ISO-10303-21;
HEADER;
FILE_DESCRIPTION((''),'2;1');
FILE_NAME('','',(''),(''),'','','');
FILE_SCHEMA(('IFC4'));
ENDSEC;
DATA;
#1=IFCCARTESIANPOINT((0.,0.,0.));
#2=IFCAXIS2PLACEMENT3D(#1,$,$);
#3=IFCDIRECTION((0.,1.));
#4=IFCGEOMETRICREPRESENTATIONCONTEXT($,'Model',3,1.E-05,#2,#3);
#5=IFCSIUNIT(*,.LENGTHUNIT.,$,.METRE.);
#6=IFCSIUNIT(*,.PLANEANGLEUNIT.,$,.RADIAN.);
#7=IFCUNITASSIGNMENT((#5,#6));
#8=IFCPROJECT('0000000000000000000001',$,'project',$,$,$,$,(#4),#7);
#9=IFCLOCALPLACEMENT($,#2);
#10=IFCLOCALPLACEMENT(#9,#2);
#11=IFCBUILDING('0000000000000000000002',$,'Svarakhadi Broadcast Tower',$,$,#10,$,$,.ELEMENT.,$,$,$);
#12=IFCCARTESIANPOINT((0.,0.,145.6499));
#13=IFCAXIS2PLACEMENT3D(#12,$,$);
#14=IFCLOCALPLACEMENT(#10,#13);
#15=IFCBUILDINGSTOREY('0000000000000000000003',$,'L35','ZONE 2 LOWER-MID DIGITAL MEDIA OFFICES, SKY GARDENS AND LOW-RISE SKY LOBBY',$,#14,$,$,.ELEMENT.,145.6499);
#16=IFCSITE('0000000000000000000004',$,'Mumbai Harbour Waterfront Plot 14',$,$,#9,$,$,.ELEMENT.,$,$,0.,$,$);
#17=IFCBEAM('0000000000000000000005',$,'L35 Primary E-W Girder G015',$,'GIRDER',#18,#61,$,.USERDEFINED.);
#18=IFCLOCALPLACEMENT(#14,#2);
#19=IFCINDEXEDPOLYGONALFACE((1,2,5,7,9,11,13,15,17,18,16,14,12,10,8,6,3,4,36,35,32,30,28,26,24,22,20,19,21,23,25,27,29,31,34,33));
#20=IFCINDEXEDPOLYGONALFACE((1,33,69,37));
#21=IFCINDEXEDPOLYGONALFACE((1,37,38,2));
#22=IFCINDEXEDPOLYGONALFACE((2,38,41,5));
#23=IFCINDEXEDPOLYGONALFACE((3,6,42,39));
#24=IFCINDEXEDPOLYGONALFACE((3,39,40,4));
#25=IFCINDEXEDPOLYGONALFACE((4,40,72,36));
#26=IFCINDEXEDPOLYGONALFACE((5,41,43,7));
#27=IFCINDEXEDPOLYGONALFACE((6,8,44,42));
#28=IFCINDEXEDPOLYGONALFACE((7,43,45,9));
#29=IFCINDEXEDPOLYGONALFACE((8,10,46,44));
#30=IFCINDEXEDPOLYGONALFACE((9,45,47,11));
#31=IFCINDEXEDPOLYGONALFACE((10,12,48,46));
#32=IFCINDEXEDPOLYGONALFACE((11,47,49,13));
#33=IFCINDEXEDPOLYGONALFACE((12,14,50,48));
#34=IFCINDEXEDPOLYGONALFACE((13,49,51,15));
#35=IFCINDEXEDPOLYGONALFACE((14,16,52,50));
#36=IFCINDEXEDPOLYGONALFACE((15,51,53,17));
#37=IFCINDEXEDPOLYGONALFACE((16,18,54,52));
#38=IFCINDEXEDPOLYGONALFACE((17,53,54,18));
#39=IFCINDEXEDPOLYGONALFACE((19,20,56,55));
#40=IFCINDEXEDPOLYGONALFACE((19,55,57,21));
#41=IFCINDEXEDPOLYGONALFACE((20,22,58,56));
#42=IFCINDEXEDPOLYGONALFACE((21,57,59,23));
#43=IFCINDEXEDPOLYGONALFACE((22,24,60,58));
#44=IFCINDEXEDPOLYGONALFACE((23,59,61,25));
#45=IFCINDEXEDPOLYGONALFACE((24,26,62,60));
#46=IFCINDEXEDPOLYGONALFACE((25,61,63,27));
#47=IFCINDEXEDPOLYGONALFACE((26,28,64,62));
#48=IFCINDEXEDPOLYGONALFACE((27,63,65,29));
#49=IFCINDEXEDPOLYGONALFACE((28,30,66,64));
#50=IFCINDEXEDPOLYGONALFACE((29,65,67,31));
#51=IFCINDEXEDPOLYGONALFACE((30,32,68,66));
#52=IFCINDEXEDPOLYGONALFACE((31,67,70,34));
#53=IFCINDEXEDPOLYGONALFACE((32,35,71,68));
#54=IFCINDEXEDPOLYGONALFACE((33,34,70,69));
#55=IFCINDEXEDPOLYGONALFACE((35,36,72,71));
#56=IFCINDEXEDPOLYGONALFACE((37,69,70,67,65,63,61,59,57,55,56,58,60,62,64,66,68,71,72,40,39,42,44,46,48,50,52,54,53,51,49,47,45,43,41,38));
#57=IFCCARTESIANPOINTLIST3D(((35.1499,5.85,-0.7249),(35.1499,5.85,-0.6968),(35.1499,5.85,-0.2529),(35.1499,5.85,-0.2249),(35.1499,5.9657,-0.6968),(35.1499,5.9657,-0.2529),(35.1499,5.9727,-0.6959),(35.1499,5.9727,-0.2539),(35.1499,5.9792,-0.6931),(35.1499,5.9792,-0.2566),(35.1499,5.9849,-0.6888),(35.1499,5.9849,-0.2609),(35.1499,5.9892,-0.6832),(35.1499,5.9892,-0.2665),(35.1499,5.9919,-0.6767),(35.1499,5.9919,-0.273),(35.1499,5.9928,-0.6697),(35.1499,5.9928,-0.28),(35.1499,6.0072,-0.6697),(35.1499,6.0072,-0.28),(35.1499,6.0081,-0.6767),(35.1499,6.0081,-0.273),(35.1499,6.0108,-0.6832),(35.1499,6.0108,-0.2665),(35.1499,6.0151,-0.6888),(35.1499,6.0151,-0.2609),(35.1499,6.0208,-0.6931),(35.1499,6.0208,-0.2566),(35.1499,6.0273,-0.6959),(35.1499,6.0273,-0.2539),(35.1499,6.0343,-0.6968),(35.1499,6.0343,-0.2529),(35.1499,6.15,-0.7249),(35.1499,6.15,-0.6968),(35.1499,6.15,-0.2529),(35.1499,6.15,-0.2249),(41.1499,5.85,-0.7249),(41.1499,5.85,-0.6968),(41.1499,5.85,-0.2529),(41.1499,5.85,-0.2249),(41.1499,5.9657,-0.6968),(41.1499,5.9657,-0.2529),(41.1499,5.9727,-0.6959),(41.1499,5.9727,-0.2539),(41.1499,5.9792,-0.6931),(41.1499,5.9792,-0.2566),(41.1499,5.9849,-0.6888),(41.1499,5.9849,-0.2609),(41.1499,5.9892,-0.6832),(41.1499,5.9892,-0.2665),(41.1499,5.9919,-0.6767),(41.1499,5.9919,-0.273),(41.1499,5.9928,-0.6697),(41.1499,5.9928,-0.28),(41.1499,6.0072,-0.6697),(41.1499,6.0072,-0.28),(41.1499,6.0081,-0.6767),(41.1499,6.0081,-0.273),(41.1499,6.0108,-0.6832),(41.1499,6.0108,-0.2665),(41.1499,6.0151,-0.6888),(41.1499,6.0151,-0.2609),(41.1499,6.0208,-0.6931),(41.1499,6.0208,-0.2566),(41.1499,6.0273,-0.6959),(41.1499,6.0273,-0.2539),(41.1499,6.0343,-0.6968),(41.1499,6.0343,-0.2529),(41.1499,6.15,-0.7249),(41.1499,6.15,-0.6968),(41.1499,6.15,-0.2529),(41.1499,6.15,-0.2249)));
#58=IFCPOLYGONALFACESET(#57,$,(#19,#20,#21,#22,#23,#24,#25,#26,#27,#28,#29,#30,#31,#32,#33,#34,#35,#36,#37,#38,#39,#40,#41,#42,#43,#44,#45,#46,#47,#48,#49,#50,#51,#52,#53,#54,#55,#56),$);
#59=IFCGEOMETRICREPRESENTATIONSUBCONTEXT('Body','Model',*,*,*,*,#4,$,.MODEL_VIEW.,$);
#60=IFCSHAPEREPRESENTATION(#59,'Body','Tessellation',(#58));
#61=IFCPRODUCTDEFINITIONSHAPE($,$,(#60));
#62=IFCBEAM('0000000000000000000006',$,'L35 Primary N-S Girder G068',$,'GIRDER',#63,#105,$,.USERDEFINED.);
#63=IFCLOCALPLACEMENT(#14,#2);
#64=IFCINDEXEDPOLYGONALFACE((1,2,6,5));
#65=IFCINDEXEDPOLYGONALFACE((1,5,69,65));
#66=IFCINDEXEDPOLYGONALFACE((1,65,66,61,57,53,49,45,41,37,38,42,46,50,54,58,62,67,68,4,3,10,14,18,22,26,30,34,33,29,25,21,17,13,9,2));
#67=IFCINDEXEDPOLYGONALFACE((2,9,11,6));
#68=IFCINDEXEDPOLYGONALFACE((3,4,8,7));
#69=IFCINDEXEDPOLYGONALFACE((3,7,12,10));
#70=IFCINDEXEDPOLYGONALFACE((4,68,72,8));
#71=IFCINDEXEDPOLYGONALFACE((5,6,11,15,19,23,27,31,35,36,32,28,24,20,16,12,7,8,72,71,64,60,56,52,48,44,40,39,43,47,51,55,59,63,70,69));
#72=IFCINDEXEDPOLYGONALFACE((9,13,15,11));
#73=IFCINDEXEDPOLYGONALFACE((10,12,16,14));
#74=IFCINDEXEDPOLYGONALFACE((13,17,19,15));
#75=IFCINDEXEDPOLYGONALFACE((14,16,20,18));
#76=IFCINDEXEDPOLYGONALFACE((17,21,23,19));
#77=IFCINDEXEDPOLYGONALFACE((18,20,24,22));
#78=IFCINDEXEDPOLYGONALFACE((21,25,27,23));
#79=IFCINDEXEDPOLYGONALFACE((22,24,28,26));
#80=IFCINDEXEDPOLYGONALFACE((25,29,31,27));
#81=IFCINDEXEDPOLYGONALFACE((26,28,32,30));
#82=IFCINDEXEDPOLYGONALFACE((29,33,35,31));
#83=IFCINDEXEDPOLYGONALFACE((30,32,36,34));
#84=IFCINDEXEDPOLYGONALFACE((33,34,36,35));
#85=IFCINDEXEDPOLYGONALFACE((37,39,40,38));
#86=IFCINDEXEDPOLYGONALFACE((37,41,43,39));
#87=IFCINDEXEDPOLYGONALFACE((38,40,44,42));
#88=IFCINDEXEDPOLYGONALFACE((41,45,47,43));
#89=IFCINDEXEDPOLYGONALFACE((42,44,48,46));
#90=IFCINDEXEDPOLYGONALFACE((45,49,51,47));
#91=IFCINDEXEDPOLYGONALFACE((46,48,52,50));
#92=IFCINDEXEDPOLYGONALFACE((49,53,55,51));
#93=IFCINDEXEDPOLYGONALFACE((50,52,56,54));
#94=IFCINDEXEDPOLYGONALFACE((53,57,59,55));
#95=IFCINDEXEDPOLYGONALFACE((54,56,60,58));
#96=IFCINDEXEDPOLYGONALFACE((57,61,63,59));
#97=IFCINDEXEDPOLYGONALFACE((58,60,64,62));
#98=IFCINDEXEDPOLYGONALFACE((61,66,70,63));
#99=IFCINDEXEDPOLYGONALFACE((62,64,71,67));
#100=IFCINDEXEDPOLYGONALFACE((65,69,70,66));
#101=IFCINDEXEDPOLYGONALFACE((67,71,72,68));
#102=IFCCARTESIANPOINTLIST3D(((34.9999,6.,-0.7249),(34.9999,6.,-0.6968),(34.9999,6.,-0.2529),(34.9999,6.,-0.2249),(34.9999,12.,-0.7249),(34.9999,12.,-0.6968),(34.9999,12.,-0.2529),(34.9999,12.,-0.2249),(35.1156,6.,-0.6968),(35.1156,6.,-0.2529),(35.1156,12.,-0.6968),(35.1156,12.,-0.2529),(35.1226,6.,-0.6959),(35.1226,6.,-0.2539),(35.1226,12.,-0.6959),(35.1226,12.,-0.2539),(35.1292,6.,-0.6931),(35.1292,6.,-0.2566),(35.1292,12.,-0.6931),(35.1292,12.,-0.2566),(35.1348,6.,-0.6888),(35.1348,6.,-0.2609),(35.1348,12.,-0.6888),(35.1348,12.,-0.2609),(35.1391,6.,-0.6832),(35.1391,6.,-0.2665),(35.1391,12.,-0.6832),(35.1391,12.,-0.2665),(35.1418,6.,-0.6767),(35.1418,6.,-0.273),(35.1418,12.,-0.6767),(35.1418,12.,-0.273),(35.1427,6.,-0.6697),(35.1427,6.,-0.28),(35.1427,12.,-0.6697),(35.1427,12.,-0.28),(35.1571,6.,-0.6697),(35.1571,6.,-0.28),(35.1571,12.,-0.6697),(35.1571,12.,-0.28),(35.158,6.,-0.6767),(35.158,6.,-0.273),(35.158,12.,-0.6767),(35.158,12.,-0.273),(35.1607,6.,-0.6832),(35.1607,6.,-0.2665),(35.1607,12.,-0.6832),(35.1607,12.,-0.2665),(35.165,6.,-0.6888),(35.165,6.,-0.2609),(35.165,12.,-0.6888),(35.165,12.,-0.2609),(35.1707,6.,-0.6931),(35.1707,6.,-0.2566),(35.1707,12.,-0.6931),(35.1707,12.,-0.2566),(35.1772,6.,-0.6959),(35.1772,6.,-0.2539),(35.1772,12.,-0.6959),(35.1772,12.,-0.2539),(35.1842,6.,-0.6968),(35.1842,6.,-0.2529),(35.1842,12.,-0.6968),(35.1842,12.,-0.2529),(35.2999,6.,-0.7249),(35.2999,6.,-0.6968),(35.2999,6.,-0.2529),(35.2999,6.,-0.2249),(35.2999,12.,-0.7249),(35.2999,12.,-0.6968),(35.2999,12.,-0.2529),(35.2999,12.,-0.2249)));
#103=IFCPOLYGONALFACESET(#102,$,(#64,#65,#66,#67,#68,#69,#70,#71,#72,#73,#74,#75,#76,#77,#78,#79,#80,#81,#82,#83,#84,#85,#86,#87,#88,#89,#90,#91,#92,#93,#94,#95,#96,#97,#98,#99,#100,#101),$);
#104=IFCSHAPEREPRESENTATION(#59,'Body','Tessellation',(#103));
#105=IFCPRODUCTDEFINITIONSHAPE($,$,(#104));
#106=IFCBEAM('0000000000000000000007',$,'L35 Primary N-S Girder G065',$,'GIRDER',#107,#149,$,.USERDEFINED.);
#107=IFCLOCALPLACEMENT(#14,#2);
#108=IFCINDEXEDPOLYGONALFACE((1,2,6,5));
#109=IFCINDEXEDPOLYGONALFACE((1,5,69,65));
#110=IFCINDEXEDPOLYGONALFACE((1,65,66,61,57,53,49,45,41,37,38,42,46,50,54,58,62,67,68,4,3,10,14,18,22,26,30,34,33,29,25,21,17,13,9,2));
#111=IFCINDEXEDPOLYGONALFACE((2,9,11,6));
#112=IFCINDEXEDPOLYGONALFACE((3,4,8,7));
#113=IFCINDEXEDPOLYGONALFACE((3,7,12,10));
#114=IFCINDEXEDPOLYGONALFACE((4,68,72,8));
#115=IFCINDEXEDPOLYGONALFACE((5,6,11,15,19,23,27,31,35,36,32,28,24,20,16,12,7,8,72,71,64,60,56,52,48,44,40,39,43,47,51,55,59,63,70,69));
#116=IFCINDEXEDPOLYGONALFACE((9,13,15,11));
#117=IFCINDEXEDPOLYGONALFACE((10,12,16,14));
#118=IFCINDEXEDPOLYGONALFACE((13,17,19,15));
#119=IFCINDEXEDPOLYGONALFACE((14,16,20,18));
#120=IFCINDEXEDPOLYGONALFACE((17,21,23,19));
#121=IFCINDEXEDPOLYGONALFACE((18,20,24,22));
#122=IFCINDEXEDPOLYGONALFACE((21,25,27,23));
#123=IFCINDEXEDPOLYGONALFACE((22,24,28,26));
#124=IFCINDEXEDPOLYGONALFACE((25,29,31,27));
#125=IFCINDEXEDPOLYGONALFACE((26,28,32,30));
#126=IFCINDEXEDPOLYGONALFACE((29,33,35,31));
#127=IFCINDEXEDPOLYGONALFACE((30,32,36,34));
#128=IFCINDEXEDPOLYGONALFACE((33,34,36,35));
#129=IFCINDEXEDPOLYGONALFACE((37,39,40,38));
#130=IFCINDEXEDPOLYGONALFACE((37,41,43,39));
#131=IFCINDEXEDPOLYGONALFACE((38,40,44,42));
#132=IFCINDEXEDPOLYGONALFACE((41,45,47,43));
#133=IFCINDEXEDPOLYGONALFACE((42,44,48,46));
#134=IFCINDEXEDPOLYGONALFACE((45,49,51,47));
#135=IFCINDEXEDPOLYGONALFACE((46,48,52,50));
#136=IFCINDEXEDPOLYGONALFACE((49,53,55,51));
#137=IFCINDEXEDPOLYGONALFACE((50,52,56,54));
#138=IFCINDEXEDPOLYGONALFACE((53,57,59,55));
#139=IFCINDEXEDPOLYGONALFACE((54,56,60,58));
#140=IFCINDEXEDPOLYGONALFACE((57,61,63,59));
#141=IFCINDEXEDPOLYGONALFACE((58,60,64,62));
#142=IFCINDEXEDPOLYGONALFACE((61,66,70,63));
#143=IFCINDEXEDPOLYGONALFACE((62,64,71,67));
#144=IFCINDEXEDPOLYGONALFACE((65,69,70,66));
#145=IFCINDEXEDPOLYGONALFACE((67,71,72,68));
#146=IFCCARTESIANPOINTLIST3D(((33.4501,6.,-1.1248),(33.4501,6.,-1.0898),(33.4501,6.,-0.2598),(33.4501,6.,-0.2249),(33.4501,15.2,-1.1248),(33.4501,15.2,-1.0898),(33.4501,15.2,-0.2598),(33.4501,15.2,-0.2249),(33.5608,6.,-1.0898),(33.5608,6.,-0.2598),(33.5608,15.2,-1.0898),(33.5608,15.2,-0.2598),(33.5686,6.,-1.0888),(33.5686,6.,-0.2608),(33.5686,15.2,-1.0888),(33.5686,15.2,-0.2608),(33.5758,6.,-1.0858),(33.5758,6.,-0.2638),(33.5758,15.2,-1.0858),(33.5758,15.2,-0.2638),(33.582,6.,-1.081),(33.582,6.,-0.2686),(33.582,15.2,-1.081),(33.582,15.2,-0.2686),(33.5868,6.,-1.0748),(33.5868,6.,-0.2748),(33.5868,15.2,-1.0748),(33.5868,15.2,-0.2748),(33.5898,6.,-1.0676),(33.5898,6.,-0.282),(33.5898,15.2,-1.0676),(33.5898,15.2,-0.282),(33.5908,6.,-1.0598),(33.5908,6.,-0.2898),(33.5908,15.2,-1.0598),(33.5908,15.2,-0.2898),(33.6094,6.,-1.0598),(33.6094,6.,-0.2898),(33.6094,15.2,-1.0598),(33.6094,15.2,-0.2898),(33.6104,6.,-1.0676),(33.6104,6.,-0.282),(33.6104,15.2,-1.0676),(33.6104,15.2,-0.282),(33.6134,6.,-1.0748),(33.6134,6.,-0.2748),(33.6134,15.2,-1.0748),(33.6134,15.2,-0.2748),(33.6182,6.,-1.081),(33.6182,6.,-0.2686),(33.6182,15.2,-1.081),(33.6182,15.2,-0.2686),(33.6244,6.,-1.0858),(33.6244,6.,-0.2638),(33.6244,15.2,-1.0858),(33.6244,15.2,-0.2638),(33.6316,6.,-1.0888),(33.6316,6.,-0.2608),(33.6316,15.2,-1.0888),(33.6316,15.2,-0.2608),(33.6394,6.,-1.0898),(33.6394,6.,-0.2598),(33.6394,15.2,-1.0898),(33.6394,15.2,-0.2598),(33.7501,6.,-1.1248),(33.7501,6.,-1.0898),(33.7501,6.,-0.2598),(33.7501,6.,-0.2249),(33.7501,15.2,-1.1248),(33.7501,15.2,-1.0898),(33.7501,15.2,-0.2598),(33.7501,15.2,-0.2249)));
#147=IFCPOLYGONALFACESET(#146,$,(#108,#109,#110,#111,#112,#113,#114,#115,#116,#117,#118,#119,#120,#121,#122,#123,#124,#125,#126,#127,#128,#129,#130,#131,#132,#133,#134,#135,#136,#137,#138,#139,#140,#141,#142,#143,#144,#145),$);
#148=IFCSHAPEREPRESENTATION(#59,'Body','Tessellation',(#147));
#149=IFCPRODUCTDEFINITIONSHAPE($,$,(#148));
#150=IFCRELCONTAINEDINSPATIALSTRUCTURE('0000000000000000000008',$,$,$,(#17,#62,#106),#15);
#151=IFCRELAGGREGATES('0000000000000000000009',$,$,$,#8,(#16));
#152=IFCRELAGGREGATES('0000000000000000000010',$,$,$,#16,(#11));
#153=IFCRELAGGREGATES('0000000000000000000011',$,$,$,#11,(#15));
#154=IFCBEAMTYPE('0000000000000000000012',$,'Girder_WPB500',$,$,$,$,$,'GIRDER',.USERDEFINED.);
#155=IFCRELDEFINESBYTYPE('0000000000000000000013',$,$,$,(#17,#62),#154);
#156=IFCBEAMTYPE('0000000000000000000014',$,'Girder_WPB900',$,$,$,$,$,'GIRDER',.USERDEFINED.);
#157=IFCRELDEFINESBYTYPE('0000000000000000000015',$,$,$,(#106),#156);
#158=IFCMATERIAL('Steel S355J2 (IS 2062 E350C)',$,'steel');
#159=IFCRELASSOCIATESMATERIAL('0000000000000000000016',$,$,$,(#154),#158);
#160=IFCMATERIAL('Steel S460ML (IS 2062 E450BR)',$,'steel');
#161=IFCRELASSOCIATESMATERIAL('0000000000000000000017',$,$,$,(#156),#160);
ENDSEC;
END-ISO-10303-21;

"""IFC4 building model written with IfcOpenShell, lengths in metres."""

from ifc_helpers import new_model, si_unit, direction, frame, origin, origin_2d, place, context, subcontext, project, spatial, i_section, extrude, material, material_profile, profile_set, type_object, element, save


model = new_model("IFC4")

# Units and contexts
model_context = context("Model", 3, precision=1e-05, world=origin(), true_north=direction((0.0, 1.0)))
body_context = subcontext(model_context, "Body", "Model", "MODEL_VIEW")
ifc_project = project(units=[si_unit("LENGTHUNIT", "METRE"), si_unit("PLANEANGLEUNIT", "RADIAN")], contexts=[model_context])

# Site, building, storey
site_placement = place(None, origin())
site = spatial("IfcSite", under=ifc_project, at=site_placement, Name="Mumbai Harbour Waterfront Plot 14", CompositionType="ELEMENT", RefElevation=0.0)
building_placement = place(site_placement, origin())
building = spatial("IfcBuilding", under=site, at=building_placement, Name="Svarakhadi Broadcast Tower", CompositionType="ELEMENT")
storey_placement = place(building_placement, frame((0.0, 0.0, 145.6499)))
storey = spatial("IfcBuildingStorey", under=building, at=storey_placement, Name="L35", Description="ZONE 2 LOWER-MID DIGITAL MEDIA OFFICES, SKY GARDENS AND LOW-RISE SKY LOBBY", CompositionType="ELEMENT", Elevation=145.6499)

# Shared definitions
ifc_material_1 = material(Name="Steel S460ML (IS 2062 E450BR)", Category="steel")

# Beams
ifc_material_2 = material(Name="Steel S355J2 (IS 2062 E350C)", Category="steel")
ifc_material_profile_1 = material_profile(ifc_material_2, i_section(OverallWidth=0.3, OverallDepth=0.5, WebThickness=0.0144, FlangeThickness=0.0281, FilletRadius=0.0271, at=origin_2d()), Name="WPB 500x300x187")
ifc_profile_set_1 = profile_set([ifc_material_profile_1], Name="Steel S355J2 (IS 2062 E350C)")
beam_type_1 = type_object("IfcBeamType", Name="Girder_WPB500", ElementType="GIRDER", PredefinedType="USERDEFINED", material=ifc_profile_set_1)
for number, where, z_axis, x_axis, name in (
    (1, (35.1499, 6.0, -0.4749), (1.0, 0.0, 0.0), (0.0, 1.0, 0.0), "L35 Primary E-W Girder G015"),
    (2, (35.1499, 6.0, -0.4749), (0.0, 1.0, 0.0), (-1.0, 0.0, 0.0), "L35 Primary N-S Girder G068"),
):
    element("IfcBeam", number, at=place(storey_placement, frame(where, z_axis=z_axis, x_axis=x_axis)), inside=storey, type_object=beam_type_1, Name=name, ObjectType="GIRDER", PredefinedType="USERDEFINED", context=body_context, shape_type="SweptSolid", body=[
        extrude(i_section(OverallWidth=0.3, OverallDepth=0.5, WebThickness=0.0144, FlangeThickness=0.0281, FilletRadius=0.0271, at=origin_2d()), origin(), (0.0, 0.0, 1.0), 6.0),
    ])
ifc_material_profile_2 = material_profile(ifc_material_1, i_section(OverallWidth=0.3, OverallDepth=0.8999, WebThickness=0.0186, FlangeThickness=0.0349, FilletRadius=0.03, at=origin_2d()), Name="WPB 900x300x291")
ifc_profile_set_2 = profile_set([ifc_material_profile_2], Name="Steel S460ML (IS 2062 E450BR)")
beam_type_2 = type_object("IfcBeamType", Name="Girder_WPB900", ElementType="GIRDER", PredefinedType="USERDEFINED", material=ifc_profile_set_2)
beam_placement = place(storey_placement, frame((33.6001, 6.0, -0.6748), z_axis=(0.0, 1.0, 0.0), x_axis=(-1.0, 0.0, 0.0)))
element("IfcBeam", 3, at=beam_placement, inside=storey, type_object=beam_type_2, Name="L35 Primary N-S Girder G065", ObjectType="GIRDER", PredefinedType="USERDEFINED", context=body_context, shape_type="SweptSolid", body=[
    extrude(i_section(OverallWidth=0.3, OverallDepth=0.8999, WebThickness=0.0186, FlangeThickness=0.0349, FilletRadius=0.03, at=origin_2d()), origin(), (0.0, 0.0, 1.0), 9.2),
])

save(model, "model.ifc")
